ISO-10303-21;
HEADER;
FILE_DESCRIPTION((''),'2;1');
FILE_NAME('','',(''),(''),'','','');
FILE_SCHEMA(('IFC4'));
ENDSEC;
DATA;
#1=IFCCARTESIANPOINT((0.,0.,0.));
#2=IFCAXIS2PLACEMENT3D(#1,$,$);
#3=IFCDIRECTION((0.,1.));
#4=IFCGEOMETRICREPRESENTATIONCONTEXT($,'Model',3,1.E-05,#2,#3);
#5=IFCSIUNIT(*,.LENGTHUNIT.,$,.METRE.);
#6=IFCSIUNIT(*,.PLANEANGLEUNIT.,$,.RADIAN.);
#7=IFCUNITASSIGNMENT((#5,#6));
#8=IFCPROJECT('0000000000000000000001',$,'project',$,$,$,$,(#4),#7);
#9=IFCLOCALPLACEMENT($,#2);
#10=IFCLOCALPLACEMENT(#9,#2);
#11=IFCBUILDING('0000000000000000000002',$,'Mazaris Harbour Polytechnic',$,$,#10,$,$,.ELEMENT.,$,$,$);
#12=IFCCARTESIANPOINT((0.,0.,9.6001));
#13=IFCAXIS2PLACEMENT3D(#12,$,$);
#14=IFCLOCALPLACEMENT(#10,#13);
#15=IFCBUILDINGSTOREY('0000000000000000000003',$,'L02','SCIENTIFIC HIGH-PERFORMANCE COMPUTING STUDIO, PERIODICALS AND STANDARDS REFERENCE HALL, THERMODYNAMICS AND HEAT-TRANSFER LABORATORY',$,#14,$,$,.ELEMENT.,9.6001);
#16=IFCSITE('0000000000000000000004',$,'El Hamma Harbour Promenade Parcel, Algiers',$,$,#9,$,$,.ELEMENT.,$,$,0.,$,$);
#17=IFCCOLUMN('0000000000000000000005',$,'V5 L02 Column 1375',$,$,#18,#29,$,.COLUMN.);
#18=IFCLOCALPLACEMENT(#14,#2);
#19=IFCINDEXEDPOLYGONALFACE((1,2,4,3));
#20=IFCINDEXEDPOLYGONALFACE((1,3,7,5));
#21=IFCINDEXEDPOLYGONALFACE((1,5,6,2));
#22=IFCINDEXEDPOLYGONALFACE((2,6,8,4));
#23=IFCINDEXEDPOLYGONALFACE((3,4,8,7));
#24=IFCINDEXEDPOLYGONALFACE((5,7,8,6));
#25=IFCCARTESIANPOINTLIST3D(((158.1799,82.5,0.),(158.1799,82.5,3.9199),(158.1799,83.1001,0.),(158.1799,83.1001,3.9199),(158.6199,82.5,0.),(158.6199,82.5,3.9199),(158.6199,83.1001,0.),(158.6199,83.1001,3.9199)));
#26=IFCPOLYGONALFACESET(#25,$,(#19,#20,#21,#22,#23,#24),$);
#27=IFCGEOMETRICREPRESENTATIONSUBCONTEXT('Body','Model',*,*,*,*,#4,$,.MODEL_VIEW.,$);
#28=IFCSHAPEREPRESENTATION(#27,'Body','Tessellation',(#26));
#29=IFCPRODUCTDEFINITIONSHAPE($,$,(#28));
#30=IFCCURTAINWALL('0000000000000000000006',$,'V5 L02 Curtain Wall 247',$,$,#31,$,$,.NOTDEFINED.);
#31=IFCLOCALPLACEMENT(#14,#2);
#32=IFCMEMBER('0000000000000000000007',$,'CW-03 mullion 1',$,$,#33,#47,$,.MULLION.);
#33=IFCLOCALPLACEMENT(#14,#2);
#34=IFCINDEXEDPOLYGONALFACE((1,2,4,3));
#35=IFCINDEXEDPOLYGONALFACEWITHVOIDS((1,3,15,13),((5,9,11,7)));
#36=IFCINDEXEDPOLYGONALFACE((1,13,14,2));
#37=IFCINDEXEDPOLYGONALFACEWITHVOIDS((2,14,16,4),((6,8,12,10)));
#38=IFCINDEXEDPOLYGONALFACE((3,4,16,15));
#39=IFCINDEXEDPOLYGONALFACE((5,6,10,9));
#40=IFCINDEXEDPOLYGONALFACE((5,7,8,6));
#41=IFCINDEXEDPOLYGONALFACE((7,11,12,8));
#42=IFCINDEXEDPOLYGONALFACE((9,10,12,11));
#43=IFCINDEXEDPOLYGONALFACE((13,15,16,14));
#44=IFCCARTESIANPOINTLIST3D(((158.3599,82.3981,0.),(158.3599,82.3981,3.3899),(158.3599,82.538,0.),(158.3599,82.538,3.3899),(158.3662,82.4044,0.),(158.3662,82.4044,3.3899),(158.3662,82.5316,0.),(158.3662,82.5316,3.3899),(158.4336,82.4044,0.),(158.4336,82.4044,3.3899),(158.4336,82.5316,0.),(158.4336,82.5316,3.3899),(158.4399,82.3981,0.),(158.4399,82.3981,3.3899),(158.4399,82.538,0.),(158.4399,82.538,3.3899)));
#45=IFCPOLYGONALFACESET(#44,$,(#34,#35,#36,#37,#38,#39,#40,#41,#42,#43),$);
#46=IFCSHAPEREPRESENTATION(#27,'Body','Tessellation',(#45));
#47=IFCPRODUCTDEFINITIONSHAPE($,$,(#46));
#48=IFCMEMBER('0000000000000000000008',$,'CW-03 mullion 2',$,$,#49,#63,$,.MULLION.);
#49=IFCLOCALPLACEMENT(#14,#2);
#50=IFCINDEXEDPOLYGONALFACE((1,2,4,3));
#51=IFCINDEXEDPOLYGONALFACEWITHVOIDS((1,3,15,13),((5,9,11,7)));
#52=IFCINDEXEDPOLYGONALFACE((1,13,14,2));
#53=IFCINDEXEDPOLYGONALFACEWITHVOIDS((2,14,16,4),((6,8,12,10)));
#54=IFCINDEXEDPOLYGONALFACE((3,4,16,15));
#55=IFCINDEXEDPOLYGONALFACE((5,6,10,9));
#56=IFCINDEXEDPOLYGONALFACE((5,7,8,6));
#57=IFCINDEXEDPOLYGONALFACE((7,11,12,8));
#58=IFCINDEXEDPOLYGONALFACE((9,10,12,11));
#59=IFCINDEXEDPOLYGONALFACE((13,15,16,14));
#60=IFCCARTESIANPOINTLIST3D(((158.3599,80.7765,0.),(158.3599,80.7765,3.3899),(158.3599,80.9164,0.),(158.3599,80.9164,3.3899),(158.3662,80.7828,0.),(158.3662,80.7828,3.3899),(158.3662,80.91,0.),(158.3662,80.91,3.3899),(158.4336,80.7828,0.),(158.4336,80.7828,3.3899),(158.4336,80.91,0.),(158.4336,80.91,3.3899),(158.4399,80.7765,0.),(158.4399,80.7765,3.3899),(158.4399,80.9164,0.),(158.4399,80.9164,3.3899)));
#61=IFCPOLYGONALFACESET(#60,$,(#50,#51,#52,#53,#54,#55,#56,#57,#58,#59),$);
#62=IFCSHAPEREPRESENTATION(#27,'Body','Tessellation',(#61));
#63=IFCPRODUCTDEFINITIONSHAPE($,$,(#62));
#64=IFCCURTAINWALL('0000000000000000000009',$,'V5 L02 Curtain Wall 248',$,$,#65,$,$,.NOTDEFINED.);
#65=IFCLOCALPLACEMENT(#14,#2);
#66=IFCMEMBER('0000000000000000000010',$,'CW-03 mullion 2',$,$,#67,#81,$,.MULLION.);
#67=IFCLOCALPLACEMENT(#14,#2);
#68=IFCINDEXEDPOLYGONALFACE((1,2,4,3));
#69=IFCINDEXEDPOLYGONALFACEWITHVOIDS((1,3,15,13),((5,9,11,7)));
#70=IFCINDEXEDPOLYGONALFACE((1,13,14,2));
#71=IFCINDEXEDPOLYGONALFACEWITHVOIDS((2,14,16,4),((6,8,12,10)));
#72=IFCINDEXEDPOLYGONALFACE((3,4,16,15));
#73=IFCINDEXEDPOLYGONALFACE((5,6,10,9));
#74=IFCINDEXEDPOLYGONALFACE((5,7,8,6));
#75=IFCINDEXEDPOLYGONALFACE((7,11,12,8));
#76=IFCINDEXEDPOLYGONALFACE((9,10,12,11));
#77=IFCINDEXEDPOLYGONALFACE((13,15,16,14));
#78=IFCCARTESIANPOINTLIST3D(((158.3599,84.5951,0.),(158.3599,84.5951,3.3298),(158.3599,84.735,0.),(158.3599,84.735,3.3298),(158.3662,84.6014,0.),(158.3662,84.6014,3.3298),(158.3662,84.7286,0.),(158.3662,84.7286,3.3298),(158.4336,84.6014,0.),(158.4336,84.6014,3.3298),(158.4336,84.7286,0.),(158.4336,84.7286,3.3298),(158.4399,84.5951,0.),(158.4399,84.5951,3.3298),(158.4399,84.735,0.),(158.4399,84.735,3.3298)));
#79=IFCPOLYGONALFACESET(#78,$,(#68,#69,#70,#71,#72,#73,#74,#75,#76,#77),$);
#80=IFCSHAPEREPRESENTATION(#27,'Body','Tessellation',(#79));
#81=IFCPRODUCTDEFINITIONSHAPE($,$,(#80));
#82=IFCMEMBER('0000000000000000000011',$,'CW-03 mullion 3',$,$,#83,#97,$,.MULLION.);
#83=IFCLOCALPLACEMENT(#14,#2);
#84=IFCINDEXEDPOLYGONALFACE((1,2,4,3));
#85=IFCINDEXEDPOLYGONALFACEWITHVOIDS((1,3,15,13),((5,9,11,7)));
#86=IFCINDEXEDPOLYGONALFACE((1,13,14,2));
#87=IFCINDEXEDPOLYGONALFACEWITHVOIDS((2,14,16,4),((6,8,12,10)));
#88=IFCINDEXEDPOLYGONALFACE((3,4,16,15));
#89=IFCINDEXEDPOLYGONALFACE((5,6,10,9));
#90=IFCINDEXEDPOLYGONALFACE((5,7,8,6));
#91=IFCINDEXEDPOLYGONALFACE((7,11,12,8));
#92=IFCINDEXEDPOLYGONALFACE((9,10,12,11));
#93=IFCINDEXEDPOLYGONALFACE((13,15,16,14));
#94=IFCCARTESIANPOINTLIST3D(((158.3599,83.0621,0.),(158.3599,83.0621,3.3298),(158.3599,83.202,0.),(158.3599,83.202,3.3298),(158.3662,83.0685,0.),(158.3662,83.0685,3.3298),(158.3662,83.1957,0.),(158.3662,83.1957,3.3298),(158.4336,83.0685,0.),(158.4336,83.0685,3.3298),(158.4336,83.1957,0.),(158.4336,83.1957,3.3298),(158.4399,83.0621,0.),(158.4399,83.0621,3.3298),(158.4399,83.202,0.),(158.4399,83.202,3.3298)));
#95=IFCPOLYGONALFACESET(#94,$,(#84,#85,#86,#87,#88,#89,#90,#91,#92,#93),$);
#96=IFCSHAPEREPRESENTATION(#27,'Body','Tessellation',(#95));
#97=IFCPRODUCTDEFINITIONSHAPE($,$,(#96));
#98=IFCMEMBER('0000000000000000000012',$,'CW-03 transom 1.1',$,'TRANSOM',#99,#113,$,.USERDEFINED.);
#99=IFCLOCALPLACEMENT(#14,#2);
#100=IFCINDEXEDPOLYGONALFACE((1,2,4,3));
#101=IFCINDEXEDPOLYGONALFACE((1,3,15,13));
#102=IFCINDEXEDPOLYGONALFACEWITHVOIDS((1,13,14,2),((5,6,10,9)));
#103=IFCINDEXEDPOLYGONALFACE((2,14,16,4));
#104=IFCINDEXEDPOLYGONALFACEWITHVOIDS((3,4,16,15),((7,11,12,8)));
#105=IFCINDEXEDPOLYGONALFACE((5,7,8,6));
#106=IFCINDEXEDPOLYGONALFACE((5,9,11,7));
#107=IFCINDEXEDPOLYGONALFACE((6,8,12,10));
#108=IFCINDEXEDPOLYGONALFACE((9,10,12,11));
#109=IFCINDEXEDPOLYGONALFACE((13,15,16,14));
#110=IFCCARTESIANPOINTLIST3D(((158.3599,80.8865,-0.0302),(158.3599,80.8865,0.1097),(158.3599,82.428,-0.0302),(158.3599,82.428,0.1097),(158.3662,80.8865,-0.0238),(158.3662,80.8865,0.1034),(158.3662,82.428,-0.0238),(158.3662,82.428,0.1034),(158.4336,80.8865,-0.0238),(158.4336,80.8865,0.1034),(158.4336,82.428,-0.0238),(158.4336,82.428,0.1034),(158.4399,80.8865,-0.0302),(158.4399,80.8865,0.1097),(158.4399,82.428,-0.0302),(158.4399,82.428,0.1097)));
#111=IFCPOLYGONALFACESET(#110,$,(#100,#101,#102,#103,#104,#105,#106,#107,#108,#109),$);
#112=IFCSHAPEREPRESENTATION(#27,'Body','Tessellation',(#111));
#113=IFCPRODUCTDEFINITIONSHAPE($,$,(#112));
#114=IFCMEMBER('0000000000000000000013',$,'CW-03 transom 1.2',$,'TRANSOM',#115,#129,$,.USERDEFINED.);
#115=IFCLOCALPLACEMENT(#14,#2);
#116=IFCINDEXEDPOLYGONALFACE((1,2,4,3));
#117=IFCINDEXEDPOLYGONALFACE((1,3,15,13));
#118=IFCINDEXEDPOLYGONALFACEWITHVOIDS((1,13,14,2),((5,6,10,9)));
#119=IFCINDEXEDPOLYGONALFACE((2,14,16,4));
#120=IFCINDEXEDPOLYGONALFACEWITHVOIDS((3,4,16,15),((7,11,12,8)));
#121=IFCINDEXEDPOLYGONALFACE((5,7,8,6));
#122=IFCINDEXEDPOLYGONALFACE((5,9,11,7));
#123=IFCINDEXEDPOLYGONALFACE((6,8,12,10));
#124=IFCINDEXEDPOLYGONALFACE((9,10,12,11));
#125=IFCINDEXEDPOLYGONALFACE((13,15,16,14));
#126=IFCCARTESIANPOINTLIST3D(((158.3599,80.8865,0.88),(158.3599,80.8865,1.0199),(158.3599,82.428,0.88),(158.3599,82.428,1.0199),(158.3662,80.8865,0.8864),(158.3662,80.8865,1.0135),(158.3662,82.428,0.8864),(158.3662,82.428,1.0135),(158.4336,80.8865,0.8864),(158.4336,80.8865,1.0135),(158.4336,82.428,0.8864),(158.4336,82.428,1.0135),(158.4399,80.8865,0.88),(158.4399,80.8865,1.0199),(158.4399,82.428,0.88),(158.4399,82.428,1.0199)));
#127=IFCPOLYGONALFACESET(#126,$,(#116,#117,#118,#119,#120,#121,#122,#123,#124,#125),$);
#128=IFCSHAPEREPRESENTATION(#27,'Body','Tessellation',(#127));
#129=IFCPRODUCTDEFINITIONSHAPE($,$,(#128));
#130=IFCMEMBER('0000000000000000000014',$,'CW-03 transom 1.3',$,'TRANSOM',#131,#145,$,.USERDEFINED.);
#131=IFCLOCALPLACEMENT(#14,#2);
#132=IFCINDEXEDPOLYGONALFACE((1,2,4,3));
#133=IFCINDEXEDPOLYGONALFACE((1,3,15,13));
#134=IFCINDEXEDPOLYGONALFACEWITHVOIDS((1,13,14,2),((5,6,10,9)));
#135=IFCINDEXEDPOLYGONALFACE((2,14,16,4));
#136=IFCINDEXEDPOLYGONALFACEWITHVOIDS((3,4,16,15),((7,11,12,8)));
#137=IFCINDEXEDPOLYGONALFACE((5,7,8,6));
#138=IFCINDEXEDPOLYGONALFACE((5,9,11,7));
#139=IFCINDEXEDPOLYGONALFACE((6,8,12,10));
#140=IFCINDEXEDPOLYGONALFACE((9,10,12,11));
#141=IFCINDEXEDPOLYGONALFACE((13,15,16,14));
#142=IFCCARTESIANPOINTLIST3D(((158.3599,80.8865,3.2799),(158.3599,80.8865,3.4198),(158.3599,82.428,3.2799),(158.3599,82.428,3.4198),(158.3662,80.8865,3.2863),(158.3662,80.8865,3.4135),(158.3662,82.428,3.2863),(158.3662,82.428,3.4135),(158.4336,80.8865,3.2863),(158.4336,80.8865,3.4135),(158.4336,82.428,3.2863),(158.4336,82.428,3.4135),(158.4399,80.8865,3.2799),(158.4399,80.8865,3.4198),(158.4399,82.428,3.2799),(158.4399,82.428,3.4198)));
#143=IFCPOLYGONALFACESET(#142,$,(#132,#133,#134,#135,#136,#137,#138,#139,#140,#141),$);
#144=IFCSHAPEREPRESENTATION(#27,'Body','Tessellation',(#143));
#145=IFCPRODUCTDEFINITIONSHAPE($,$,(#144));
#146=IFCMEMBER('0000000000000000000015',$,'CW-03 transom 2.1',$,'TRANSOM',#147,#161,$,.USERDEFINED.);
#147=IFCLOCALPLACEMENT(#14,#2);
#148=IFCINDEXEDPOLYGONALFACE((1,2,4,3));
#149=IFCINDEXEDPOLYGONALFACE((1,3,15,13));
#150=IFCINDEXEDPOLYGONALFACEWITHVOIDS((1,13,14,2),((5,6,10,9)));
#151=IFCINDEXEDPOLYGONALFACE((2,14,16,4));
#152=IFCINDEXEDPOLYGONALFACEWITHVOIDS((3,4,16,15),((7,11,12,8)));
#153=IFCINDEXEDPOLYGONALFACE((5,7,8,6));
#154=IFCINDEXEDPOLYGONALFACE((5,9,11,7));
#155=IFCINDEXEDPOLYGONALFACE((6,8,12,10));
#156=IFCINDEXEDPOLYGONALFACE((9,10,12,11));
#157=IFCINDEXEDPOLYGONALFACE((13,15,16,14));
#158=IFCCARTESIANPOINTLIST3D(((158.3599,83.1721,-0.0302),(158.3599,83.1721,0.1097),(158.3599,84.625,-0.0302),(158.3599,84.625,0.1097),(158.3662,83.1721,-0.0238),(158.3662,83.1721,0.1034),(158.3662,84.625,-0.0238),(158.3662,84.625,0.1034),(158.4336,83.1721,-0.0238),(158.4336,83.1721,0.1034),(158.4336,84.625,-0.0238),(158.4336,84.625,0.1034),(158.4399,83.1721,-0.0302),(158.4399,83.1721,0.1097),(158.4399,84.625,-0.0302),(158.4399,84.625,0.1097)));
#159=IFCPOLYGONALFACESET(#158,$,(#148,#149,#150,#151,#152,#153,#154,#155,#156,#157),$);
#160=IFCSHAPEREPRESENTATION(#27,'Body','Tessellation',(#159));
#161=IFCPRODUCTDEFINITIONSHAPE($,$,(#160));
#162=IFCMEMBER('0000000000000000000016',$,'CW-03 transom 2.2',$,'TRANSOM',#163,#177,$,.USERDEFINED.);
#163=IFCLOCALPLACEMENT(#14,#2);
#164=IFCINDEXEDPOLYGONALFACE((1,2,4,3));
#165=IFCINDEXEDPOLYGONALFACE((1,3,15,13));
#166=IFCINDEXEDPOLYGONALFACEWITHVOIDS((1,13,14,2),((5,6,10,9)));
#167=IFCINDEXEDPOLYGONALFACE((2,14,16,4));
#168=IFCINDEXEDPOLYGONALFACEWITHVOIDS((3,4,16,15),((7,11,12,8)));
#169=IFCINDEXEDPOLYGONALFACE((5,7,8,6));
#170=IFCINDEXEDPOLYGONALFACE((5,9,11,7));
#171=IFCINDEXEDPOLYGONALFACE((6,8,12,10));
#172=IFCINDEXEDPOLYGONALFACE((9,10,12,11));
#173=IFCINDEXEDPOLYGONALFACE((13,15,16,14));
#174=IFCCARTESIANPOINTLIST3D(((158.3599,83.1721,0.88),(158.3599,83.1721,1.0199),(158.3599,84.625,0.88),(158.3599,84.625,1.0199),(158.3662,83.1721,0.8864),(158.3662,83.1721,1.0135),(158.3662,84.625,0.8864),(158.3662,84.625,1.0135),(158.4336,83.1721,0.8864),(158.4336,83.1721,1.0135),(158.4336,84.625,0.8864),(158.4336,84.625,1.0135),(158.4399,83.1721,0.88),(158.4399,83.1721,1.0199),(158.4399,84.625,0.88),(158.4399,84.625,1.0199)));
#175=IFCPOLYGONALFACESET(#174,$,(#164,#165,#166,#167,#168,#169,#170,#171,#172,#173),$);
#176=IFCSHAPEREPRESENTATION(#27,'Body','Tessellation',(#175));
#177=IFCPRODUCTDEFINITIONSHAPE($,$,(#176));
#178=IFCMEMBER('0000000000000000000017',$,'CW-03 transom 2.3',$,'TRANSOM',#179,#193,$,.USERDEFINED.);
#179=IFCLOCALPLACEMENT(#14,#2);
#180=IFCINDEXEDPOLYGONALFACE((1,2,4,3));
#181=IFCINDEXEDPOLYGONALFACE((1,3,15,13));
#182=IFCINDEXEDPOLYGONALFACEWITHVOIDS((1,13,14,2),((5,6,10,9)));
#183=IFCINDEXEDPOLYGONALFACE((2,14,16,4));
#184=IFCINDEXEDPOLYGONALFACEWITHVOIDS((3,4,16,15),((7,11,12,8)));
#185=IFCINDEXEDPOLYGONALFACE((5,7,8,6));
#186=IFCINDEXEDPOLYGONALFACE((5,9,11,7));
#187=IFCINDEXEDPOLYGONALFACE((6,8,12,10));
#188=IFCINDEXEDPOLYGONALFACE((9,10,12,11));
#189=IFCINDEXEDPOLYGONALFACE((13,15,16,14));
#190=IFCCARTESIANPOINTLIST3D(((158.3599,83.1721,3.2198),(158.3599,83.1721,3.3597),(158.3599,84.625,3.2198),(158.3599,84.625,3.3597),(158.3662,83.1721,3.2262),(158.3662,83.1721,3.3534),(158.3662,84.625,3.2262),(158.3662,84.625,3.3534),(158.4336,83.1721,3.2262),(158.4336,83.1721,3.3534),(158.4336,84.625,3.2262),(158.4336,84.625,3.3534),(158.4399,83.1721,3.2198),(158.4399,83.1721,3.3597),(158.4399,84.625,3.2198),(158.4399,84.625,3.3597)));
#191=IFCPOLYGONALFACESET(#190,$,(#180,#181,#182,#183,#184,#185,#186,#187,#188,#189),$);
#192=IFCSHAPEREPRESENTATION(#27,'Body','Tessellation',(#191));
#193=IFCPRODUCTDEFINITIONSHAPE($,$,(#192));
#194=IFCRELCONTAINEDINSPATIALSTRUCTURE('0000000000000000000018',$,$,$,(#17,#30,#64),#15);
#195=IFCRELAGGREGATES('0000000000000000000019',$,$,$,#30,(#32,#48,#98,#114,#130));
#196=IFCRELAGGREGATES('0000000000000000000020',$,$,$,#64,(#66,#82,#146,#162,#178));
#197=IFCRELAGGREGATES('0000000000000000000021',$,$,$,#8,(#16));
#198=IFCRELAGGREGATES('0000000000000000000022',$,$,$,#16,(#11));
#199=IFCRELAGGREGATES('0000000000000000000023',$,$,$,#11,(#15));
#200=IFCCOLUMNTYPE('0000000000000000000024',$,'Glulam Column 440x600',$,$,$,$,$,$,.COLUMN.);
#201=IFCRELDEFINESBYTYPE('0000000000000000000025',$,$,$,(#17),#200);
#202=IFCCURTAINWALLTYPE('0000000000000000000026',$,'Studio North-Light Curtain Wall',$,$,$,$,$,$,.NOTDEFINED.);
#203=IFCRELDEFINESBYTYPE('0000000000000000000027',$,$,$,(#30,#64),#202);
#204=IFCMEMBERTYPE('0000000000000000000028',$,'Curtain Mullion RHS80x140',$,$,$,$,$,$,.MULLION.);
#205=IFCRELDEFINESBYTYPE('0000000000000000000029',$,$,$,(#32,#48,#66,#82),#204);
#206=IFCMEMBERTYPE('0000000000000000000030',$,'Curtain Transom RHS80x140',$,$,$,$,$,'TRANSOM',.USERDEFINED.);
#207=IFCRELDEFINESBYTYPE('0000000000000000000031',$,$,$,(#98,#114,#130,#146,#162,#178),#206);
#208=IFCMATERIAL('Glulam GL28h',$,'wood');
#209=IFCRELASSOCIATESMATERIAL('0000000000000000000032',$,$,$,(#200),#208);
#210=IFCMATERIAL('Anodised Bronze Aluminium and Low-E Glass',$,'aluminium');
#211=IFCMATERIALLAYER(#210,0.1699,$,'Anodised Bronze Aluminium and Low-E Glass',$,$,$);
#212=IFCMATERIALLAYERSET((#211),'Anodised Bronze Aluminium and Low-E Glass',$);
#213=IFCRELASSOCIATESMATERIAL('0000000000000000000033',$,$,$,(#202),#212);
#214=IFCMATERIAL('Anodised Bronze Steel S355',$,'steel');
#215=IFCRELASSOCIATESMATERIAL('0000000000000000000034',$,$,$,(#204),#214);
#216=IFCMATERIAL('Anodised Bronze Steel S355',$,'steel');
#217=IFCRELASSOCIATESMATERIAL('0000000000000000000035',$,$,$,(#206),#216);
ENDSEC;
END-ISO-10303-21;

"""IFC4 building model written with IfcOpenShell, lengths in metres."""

from ifc_helpers import new_model, si_unit, direction, frame, origin, origin_2d, place, context, subcontext, project, spatial, rectangle, hollow_rectangle, extrude, material, layer, layer_set, material_profile, profile_set, type_object, element, aggregate, save


model = new_model("IFC4")

# Units and contexts
model_context = context("Model", 3, precision=1e-05, world=origin(), true_north=direction((0.0, 1.0)))
body_context = subcontext(model_context, "Body", "Model", "MODEL_VIEW")
ifc_project = project(units=[si_unit("LENGTHUNIT", "METRE"), si_unit("PLANEANGLEUNIT", "RADIAN")], contexts=[model_context])

# Site, building, storey
site_placement = place(None, origin())
site = spatial("IfcSite", under=ifc_project, at=site_placement, Name="El Hamma Harbour Promenade Parcel, Algiers", CompositionType="ELEMENT", RefElevation=0.0)
building_placement = place(site_placement, origin())
building = spatial("IfcBuilding", under=site, at=building_placement, Name="Mazaris Harbour Polytechnic", CompositionType="ELEMENT")
storey_placement = place(building_placement, frame((0.0, 0.0, 9.6001)))
storey = spatial("IfcBuildingStorey", under=building, at=storey_placement, Name="L02", Description="SCIENTIFIC HIGH-PERFORMANCE COMPUTING STUDIO, PERIODICALS AND STANDARDS REFERENCE HALL, THERMODYNAMICS AND HEAT-TRANSFER LABORATORY", CompositionType="ELEMENT", Elevation=9.6001)

# Column
ifc_material_1 = material(Name="Glulam GL28h", Category="wood")
ifc_material_profile_1 = material_profile(ifc_material_1, rectangle(XDim=0.4399, YDim=0.6001, at=origin_2d()), Name="RECT440x600")
ifc_profile_set_1 = profile_set([ifc_material_profile_1], Name="Glulam GL28h")
column_type = type_object("IfcColumnType", Name="Glulam Column 440x600", PredefinedType="COLUMN", material=ifc_profile_set_1)
column_placement = place(storey_placement, frame((158.3999, 82.8, 0.0), z_axis=(0.0, 0.0, 1.0), x_axis=(1.0, 0.0, 0.0)))
element("IfcColumn", 1, at=column_placement, inside=storey, type_object=column_type, Name="V5 L02 Column 1375", PredefinedType="COLUMN", context=body_context, shape_type="SweptSolid", body=[
    extrude(rectangle(XDim=0.4399, YDim=0.6001, at=origin_2d()), origin(), (0.0, 0.0, 1.0), 3.9199),
])

# Curtain walls, members
ifc_material_2 = material(Name="Anodised Bronze Aluminium and Low-E Glass", Category="aluminium")
ifc_layer_1 = layer(ifc_material_2, 0.1699, Name="Anodised Bronze Aluminium and Low-E Glass")
ifc_layer_set_1 = layer_set([ifc_layer_1], Name="Anodised Bronze Aluminium and Low-E Glass")
curtain_wall_type = type_object("IfcCurtainWallType", Name="Studio North-Light Curtain Wall", PredefinedType="NOTDEFINED", material=ifc_layer_set_1)
curtain_wall_1_placement = place(storey_placement, origin())
curtain_wall_1 = element("IfcCurtainWall", 2, at=curtain_wall_1_placement, inside=storey, type_object=curtain_wall_type, Name="V5 L02 Curtain Wall 247", PredefinedType="NOTDEFINED")
ifc_material_3 = material(Name="Anodised Bronze Steel S355", Category="steel")
ifc_material_profile_2 = material_profile(ifc_material_3, hollow_rectangle(XDim=0.0801, YDim=0.1399, WallThickness=0.0063, at=origin_2d()), Name="RHS 80x140x6.3")
ifc_profile_set_2 = profile_set([ifc_material_profile_2], Name="Anodised Bronze Steel S355")
member_type_1 = type_object("IfcMemberType", Name="Curtain Mullion RHS80x140", PredefinedType="MULLION", material=ifc_profile_set_2)
member_1_placement = place(storey_placement, frame((158.3999, 82.468, 0.0), z_axis=(0.0, 0.0, 1.0), x_axis=(1.0, 0.0, 0.0)))
member_1 = element("IfcMember", 3, at=member_1_placement, type_object=member_type_1, Name="CW-03 mullion 1", PredefinedType="MULLION", context=body_context, shape_type="SweptSolid", body=[
    extrude(hollow_rectangle(XDim=0.0801, YDim=0.1399, WallThickness=0.0063, at=origin_2d()), origin(), (0.0, 0.0, 1.0), 3.3899),
])
member_2_placement = place(storey_placement, frame((158.3999, 80.8464, 0.0), z_axis=(0.0, 0.0, 1.0), x_axis=(1.0, 0.0, 0.0)))
member_2 = element("IfcMember", 4, at=member_2_placement, type_object=member_type_1, Name="CW-03 mullion 2", PredefinedType="MULLION", context=body_context, shape_type="SweptSolid", body=[
    extrude(hollow_rectangle(XDim=0.0801, YDim=0.1399, WallThickness=0.0063, at=origin_2d()), origin(), (0.0, 0.0, 1.0), 3.3899),
])
curtain_wall_2_placement = place(storey_placement, origin())
curtain_wall_2 = element("IfcCurtainWall", 5, at=curtain_wall_2_placement, inside=storey, type_object=curtain_wall_type, Name="V5 L02 Curtain Wall 248", PredefinedType="NOTDEFINED")
member_3_placement = place(storey_placement, frame((158.3999, 84.665, 0.0), z_axis=(0.0, 0.0, 1.0), x_axis=(1.0, 0.0, 0.0)))
member_3 = element("IfcMember", 6, at=member_3_placement, type_object=member_type_1, Name="CW-03 mullion 2", PredefinedType="MULLION", context=body_context, shape_type="SweptSolid", body=[
    extrude(hollow_rectangle(XDim=0.0801, YDim=0.1399, WallThickness=0.0063, at=origin_2d()), origin(), (0.0, 0.0, 1.0), 3.3298),
])
member_4_placement = place(storey_placement, frame((158.3999, 83.1321, 0.0), z_axis=(0.0, 0.0, 1.0), x_axis=(1.0, 0.0, 0.0)))
member_4 = element("IfcMember", 7, at=member_4_placement, type_object=member_type_1, Name="CW-03 mullion 3", PredefinedType="MULLION", context=body_context, shape_type="SweptSolid", body=[
    extrude(hollow_rectangle(XDim=0.0801, YDim=0.1399, WallThickness=0.0063, at=origin_2d()), origin(), (0.0, 0.0, 1.0), 3.3298),
])

# Members
ifc_material_4 = material(Name="Anodised Bronze Steel S355", Category="steel")
ifc_material_profile_3 = material_profile(ifc_material_4, hollow_rectangle(XDim=0.0801, YDim=0.1399, WallThickness=0.0063, at=origin_2d()), Name="RHS 80x140x6.3")
ifc_profile_set_3 = profile_set([ifc_material_profile_3], Name="Anodised Bronze Steel S355")
member_type_2 = type_object("IfcMemberType", Name="Curtain Transom RHS80x140", ElementType="TRANSOM", PredefinedType="USERDEFINED", material=ifc_profile_set_3)
member_5_placement = place(storey_placement, frame((158.3999, 82.428, 0.0398), z_axis=(0.0, -1.0, 0.0), x_axis=(1.0, 0.0, 0.0)))
member_5 = element("IfcMember", 8, at=member_5_placement, type_object=member_type_2, Name="CW-03 transom 1.1", ObjectType="TRANSOM", PredefinedType="USERDEFINED", context=body_context, shape_type="SweptSolid", body=[
    extrude(hollow_rectangle(XDim=0.0801, YDim=0.1399, WallThickness=0.0063, at=origin_2d()), origin(), (0.0, 0.0, 1.0), 1.5415),
])
member_6_placement = place(storey_placement, frame((158.3999, 82.428, 0.95), z_axis=(0.0, -1.0, 0.0), x_axis=(1.0, 0.0, 0.0)))
member_6 = element("IfcMember", 9, at=member_6_placement, type_object=member_type_2, Name="CW-03 transom 1.2", ObjectType="TRANSOM", PredefinedType="USERDEFINED", context=body_context, shape_type="SweptSolid", body=[
    extrude(hollow_rectangle(XDim=0.0801, YDim=0.1399, WallThickness=0.0063, at=origin_2d()), origin(), (0.0, 0.0, 1.0), 1.5415),
])
member_7_placement = place(storey_placement, frame((158.3999, 82.428, 3.3499), z_axis=(0.0, -1.0, 0.0), x_axis=(1.0, 0.0, 0.0)))
member_7 = element("IfcMember", 10, at=member_7_placement, type_object=member_type_2, Name="CW-03 transom 1.3", ObjectType="TRANSOM", PredefinedType="USERDEFINED", context=body_context, shape_type="SweptSolid", body=[
    extrude(hollow_rectangle(XDim=0.0801, YDim=0.1399, WallThickness=0.0063, at=origin_2d()), origin(), (0.0, 0.0, 1.0), 1.5415),
])
member_8_placement = place(storey_placement, frame((158.3999, 84.625, 0.0398), z_axis=(0.0, -1.0, 0.0), x_axis=(1.0, 0.0, 0.0)))
member_8 = element("IfcMember", 11, at=member_8_placement, type_object=member_type_2, Name="CW-03 transom 2.1", ObjectType="TRANSOM", PredefinedType="USERDEFINED", context=body_context, shape_type="SweptSolid", body=[
    extrude(hollow_rectangle(XDim=0.0801, YDim=0.1399, WallThickness=0.0063, at=origin_2d()), origin(), (0.0, 0.0, 1.0), 1.4529),
])
member_9_placement = place(storey_placement, frame((158.3999, 84.625, 0.95), z_axis=(0.0, -1.0, 0.0), x_axis=(1.0, 0.0, 0.0)))
member_9 = element("IfcMember", 12, at=member_9_placement, type_object=member_type_2, Name="CW-03 transom 2.2", ObjectType="TRANSOM", PredefinedType="USERDEFINED", context=body_context, shape_type="SweptSolid", body=[
    extrude(hollow_rectangle(XDim=0.0801, YDim=0.1399, WallThickness=0.0063, at=origin_2d()), origin(), (0.0, 0.0, 1.0), 1.4529),
])
member_10_placement = place(storey_placement, frame((158.3999, 84.625, 3.2898), z_axis=(0.0, -1.0, 0.0), x_axis=(1.0, 0.0, 0.0)))
member_10 = element("IfcMember", 13, at=member_10_placement, type_object=member_type_2, Name="CW-03 transom 2.3", ObjectType="TRANSOM", PredefinedType="USERDEFINED", context=body_context, shape_type="SweptSolid", body=[
    extrude(hollow_rectangle(XDim=0.0801, YDim=0.1399, WallThickness=0.0063, at=origin_2d()), origin(), (0.0, 0.0, 1.0), 1.4529),
])

aggregate(curtain_wall_1, [member_1, member_2, member_5, member_6, member_7])
aggregate(curtain_wall_2, [member_3, member_4, member_8, member_9, member_10])

save(model, "model.ifc")
